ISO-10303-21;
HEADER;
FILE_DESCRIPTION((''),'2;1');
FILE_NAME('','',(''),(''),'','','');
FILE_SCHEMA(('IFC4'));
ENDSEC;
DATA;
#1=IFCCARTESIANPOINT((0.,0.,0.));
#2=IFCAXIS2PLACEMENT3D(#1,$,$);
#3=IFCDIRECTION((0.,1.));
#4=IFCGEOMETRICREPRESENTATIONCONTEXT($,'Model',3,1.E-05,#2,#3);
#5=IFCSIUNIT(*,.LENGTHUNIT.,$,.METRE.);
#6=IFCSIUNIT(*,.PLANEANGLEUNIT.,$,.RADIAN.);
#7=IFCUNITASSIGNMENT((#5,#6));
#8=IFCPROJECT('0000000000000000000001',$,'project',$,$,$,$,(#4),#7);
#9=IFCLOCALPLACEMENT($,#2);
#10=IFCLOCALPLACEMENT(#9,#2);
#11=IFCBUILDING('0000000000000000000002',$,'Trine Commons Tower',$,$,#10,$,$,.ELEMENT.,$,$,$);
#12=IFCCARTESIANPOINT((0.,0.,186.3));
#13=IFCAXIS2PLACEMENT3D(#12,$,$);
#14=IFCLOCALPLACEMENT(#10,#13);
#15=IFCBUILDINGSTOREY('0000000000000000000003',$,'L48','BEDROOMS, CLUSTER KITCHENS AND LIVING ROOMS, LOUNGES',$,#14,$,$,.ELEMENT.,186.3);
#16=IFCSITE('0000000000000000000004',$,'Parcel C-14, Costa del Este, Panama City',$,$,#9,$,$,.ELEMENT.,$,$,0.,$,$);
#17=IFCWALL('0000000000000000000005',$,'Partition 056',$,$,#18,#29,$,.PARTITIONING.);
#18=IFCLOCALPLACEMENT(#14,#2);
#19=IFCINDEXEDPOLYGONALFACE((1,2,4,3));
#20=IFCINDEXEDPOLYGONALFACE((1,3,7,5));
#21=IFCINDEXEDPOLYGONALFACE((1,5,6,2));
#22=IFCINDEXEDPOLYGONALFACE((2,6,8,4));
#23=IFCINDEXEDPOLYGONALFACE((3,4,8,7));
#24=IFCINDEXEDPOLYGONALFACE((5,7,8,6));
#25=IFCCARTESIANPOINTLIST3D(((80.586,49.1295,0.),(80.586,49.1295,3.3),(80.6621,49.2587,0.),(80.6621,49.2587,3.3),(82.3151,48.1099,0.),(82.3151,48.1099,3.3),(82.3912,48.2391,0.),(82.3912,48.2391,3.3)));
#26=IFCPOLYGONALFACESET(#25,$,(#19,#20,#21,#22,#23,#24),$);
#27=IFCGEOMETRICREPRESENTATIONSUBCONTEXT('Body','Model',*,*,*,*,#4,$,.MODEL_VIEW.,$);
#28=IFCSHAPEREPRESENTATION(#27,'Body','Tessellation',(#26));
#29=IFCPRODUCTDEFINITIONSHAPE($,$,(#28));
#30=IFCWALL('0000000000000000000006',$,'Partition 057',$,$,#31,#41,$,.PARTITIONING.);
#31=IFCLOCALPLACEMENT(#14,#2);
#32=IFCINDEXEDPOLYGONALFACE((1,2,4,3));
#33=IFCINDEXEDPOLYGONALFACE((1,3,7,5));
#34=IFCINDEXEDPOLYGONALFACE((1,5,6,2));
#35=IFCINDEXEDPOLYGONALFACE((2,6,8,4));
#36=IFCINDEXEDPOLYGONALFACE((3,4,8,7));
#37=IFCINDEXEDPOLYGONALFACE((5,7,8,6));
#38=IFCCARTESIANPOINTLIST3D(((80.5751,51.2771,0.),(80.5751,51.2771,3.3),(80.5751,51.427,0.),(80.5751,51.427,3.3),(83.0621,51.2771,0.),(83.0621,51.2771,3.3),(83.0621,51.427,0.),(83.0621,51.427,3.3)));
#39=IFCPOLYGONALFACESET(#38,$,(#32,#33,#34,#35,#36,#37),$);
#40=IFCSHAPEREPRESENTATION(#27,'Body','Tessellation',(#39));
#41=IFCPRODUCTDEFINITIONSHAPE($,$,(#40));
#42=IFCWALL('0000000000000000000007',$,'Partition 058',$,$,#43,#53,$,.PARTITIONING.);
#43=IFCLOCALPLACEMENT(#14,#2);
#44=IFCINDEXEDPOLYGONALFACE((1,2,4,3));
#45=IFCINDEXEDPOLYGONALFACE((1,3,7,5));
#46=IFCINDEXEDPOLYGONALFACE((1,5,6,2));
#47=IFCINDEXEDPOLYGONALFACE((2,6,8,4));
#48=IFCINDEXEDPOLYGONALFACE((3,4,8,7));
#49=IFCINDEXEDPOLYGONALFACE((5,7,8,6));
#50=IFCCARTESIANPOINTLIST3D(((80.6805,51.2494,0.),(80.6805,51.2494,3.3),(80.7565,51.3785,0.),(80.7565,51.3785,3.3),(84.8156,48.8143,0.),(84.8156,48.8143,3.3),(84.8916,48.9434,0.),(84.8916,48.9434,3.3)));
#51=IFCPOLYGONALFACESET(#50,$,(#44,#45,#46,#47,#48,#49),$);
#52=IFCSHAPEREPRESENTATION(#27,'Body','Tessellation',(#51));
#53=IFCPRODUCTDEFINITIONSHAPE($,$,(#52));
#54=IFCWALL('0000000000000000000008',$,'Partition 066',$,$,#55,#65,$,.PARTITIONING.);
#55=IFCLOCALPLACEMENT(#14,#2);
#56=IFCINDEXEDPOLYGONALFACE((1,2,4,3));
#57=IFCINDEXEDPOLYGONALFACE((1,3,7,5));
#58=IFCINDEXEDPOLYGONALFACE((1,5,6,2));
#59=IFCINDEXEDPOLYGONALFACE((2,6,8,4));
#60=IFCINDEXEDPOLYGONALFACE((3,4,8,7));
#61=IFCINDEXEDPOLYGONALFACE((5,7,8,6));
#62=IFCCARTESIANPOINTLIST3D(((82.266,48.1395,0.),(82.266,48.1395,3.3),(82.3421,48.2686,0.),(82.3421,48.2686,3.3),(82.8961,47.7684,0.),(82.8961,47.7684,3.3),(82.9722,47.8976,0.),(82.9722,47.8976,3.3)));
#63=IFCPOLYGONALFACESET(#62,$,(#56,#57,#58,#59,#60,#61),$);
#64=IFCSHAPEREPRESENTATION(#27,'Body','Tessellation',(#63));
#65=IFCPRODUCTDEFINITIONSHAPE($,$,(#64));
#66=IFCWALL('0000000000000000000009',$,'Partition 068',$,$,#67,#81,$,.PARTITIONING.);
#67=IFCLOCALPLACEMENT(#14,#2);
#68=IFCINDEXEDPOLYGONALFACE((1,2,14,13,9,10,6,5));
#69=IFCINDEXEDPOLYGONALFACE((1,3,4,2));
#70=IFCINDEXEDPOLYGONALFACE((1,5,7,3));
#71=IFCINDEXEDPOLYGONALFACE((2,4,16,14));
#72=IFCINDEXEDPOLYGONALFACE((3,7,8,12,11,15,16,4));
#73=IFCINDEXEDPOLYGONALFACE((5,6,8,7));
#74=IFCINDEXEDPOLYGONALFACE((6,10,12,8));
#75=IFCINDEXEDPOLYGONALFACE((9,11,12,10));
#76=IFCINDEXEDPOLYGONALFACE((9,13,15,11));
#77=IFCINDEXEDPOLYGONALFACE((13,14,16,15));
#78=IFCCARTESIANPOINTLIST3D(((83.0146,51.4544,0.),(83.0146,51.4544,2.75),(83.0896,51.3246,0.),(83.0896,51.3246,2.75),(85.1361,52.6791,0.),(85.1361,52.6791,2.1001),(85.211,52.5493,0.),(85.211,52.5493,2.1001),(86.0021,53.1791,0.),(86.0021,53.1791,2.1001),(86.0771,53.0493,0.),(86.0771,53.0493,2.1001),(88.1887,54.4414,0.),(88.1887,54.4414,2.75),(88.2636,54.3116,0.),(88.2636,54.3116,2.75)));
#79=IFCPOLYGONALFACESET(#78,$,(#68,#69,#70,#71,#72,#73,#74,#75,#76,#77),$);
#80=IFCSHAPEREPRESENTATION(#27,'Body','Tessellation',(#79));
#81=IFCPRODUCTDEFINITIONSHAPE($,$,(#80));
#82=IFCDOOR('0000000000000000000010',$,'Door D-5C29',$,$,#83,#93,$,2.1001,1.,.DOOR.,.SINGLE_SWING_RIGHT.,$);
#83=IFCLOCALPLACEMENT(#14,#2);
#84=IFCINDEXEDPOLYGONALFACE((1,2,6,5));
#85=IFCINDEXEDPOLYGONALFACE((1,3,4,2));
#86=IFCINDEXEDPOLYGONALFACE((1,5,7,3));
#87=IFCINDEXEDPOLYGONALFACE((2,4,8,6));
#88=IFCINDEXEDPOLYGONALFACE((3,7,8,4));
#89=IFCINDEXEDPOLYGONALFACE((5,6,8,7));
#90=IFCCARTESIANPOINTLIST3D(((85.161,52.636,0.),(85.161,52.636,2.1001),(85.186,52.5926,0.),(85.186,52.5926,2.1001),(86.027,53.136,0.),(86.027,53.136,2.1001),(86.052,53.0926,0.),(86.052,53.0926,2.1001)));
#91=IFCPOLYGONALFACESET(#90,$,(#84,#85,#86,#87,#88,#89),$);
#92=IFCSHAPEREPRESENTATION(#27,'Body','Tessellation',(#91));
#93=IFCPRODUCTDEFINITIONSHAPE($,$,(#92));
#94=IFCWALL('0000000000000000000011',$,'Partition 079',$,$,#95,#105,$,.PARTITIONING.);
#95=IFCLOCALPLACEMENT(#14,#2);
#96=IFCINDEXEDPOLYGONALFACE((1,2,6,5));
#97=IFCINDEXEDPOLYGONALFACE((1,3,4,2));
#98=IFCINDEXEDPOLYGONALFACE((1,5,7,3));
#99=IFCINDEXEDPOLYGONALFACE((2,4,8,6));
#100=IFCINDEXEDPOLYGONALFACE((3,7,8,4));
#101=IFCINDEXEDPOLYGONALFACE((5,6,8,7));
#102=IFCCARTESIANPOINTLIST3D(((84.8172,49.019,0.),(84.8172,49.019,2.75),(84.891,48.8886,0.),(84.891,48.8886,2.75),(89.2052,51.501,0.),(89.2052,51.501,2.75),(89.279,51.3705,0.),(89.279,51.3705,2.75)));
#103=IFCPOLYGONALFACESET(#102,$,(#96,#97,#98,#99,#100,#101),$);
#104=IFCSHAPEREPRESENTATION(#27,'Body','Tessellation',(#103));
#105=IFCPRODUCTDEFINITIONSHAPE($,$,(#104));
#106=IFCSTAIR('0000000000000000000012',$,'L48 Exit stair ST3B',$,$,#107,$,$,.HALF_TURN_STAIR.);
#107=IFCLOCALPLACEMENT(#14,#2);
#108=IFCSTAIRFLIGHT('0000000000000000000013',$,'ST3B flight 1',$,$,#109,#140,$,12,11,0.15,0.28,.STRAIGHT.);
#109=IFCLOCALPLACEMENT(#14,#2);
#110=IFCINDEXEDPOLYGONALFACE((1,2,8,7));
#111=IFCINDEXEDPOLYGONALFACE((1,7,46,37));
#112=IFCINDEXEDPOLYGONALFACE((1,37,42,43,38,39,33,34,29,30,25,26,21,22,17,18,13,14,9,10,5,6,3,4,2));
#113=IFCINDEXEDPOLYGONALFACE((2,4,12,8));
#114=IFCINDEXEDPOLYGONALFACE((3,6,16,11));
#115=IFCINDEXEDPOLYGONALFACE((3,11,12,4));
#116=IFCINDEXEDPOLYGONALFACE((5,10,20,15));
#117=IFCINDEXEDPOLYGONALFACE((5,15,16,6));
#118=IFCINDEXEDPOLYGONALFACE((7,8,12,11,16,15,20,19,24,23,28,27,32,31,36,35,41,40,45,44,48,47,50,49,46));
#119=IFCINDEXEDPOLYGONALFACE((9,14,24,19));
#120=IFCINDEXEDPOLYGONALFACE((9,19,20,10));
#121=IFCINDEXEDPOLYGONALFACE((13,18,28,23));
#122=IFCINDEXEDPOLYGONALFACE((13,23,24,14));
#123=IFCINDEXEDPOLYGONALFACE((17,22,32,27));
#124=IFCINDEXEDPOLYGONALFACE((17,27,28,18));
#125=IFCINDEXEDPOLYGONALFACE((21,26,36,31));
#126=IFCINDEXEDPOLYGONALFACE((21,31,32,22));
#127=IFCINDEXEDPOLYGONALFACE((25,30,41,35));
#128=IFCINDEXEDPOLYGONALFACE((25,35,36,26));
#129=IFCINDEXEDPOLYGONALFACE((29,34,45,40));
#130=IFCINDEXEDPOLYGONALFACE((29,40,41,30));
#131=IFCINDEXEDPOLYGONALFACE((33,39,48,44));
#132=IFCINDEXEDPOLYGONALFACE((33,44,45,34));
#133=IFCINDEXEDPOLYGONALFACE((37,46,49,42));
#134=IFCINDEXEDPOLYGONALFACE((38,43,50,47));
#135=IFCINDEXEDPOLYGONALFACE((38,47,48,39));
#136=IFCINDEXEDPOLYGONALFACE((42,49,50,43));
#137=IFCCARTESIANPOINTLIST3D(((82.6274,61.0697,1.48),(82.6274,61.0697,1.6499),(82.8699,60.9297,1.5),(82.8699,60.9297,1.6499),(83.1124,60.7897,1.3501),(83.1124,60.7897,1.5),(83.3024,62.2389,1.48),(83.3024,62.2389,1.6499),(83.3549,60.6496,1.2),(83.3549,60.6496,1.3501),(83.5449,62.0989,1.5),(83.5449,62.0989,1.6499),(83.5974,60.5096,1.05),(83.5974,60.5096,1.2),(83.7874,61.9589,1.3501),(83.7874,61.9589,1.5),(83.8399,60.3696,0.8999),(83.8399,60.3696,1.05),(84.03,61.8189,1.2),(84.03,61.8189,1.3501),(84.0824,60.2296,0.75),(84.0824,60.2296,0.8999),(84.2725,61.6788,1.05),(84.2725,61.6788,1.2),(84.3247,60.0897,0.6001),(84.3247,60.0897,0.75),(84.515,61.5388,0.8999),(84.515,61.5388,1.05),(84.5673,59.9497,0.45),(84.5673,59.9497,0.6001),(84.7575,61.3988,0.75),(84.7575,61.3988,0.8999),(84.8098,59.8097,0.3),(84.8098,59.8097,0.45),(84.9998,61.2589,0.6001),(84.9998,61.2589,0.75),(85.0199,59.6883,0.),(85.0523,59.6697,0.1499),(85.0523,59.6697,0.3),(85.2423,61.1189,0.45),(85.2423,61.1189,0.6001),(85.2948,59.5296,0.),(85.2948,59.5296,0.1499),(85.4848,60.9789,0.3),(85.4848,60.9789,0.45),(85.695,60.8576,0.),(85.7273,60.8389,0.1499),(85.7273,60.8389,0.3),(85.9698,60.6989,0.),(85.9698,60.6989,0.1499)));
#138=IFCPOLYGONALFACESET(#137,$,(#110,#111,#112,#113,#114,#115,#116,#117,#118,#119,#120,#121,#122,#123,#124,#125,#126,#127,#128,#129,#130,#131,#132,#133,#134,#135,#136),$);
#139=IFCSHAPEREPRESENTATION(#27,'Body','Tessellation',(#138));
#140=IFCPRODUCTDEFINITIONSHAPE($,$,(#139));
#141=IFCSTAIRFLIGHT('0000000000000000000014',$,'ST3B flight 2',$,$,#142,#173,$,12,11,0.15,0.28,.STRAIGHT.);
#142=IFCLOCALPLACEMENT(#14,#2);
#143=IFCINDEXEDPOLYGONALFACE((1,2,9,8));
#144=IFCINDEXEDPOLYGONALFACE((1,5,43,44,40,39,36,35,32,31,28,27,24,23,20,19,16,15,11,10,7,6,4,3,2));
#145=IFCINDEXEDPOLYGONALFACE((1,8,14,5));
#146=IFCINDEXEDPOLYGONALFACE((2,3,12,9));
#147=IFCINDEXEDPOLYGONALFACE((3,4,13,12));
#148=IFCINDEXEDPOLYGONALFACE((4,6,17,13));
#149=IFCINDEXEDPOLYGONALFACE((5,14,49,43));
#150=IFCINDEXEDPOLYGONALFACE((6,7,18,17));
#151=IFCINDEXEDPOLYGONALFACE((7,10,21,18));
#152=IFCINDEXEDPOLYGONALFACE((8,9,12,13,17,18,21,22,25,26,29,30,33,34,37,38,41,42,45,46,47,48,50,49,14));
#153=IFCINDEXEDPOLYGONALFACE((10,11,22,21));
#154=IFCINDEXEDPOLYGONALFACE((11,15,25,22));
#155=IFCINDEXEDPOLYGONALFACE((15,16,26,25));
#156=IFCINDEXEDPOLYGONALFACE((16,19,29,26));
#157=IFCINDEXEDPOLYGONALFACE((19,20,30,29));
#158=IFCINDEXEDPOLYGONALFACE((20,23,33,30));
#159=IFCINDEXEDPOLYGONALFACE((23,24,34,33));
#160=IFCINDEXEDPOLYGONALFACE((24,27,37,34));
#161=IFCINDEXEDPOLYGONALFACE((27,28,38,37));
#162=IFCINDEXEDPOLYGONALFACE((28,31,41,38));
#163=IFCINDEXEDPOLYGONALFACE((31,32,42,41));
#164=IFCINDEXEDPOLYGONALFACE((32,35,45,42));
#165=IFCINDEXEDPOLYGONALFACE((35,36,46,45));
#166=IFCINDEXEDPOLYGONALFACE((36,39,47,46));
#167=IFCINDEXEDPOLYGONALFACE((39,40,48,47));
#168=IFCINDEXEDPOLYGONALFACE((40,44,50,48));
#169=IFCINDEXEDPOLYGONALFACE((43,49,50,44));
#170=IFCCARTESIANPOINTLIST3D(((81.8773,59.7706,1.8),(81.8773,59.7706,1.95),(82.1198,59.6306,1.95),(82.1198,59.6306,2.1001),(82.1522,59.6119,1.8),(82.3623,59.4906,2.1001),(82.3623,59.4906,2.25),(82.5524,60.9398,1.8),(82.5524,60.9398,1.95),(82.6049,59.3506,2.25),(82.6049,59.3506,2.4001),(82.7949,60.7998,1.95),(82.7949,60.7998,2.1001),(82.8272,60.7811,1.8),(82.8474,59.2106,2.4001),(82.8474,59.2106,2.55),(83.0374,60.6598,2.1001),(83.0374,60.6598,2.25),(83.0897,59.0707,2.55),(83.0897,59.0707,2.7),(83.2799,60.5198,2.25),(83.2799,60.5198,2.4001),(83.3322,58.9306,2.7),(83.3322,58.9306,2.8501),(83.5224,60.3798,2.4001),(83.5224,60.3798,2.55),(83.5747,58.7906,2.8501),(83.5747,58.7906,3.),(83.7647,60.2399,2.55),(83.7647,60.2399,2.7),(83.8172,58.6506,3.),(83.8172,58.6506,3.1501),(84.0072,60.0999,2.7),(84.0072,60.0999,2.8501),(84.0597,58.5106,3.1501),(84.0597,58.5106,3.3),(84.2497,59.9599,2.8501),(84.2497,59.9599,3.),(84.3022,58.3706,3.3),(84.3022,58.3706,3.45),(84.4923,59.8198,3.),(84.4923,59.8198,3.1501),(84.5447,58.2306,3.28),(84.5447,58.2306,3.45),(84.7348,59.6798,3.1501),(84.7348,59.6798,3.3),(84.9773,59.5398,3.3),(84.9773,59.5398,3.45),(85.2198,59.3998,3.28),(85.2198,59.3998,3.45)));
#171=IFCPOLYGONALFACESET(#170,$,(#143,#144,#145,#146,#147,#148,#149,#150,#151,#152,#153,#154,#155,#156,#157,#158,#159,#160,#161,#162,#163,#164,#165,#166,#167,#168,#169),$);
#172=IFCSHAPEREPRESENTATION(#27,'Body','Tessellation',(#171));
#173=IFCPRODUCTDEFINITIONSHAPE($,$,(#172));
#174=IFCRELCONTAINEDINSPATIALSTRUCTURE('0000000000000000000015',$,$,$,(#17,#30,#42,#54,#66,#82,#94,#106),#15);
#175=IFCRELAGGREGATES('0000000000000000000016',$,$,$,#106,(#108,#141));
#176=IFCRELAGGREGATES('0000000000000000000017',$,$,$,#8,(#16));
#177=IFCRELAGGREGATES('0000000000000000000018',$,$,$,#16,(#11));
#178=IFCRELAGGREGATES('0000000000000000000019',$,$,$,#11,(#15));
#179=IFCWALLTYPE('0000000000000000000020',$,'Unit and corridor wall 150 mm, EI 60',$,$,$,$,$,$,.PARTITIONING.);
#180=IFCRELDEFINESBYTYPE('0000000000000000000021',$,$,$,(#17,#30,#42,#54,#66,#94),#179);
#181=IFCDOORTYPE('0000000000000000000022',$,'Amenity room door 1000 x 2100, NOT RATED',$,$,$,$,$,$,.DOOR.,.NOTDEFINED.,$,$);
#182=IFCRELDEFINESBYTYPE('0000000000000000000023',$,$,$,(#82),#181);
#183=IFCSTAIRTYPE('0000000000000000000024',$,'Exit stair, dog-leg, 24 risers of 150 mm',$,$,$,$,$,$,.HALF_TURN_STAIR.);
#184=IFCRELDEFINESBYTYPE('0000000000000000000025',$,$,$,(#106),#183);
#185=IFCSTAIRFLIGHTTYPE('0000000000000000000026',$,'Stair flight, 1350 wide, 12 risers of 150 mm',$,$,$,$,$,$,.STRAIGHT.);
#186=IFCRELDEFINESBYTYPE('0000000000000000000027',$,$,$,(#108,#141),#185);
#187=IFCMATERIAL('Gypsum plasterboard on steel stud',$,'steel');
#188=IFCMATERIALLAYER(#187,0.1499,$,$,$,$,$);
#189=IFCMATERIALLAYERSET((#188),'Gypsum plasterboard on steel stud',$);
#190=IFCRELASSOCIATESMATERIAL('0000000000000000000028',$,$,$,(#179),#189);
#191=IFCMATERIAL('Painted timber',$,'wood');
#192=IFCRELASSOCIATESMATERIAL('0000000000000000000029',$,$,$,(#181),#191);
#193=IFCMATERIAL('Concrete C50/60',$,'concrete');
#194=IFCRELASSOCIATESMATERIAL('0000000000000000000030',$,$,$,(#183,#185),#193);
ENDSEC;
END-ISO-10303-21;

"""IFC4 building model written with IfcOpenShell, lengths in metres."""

from ifc_helpers import new_model, si_unit, direction, frame, frame_2d, origin, place, context, subcontext, project, spatial, polyline, rectangle, outline, extrude, material, layer, layer_set, type_object, element, fill, aggregate, save


model = new_model("IFC4")

# Units and contexts
model_context = context("Model", 3, precision=1e-05, world=origin(), true_north=direction((0.0, 1.0)))
body_context = subcontext(model_context, "Body", "Model", "MODEL_VIEW")
ifc_project = project(units=[si_unit("LENGTHUNIT", "METRE"), si_unit("PLANEANGLEUNIT", "RADIAN")], contexts=[model_context])

# Site, building, storey
site_placement = place(None, origin())
site = spatial("IfcSite", under=ifc_project, at=site_placement, Name="Parcel C-14, Costa del Este, Panama City", CompositionType="ELEMENT", RefElevation=0.0)
building_placement = place(site_placement, origin())
building = spatial("IfcBuilding", under=site, at=building_placement, Name="Trine Commons Tower", CompositionType="ELEMENT")
storey_placement = place(building_placement, frame((0.0, 0.0, 186.3)))
storey = spatial("IfcBuildingStorey", under=building, at=storey_placement, Name="L48", Description="BEDROOMS, CLUSTER KITCHENS AND LIVING ROOMS, LOUNGES", CompositionType="ELEMENT", Elevation=186.3)

# Walls
ifc_material_1 = material(Name="Gypsum plasterboard on steel stud", Category="steel")
ifc_layer_1 = layer(ifc_material_1, 0.1499)
ifc_layer_set_1 = layer_set([ifc_layer_1], Name="Gypsum plasterboard on steel stud")
wall_type_1 = type_object("IfcWallType", Name="Unit and corridor wall 150 mm, EI 60", PredefinedType="PARTITIONING", material=ifc_layer_set_1)
wall_1_placement = place(storey_placement, frame((80.624, 49.1941, 0.0), z_axis=(0.0, 0.0, 1.0), x_axis=(0.861396, -0.507934, 0.0)))
element("IfcWall", 1, at=wall_1_placement, inside=storey, type_object=wall_type_1, Name="Partition 056", PredefinedType="PARTITIONING", context=body_context, shape_type="SweptSolid", body=[
    extrude(rectangle(XDim=2.0073, YDim=0.1499, at=frame_2d((1.0037, 0.0))), origin(), (0.0, 0.0, 1.0), 3.3),
])
wall_2_placement = place(storey_placement, frame((80.575, 51.3521, 0.0), z_axis=(0.0, 0.0, 1.0), x_axis=(1.0, 0.0, 0.0)))
element("IfcWall", 2, at=wall_2_placement, inside=storey, type_object=wall_type_1, Name="Partition 057", PredefinedType="PARTITIONING", context=body_context, shape_type="SweptSolid", body=[
    extrude(rectangle(XDim=2.4871, YDim=0.1499, at=frame_2d((1.2437, 0.0))), origin(), (0.0, 0.0, 1.0), 3.3),
])
wall_3_placement = place(storey_placement, frame((80.7185, 51.314, 0.0), z_axis=(0.0, 0.0, 1.0), x_axis=(0.861688, -0.507438, 0.0)))
element("IfcWall", 3, at=wall_3_placement, inside=storey, type_object=wall_type_1, Name="Partition 058", PredefinedType="PARTITIONING", context=body_context, shape_type="SweptSolid", body=[
    extrude(rectangle(XDim=4.7988, YDim=0.1499, at=frame_2d((2.3994, 0.0))), origin(), (0.0, 0.0, 1.0), 3.3),
])
wall_4_placement = place(storey_placement, frame((82.304, 48.2041, 0.0), z_axis=(0.0, 0.0, 1.0), x_axis=(0.861677, -0.507458, 0.0)))
element("IfcWall", 4, at=wall_4_placement, inside=storey, type_object=wall_type_1, Name="Partition 066", PredefinedType="PARTITIONING", context=body_context, shape_type="SweptSolid", body=[
    extrude(rectangle(XDim=0.7312, YDim=0.1499, at=frame_2d((0.3657, 0.0))), origin(), (0.0, 0.0, 1.0), 3.3),
])

# Wall, opening, door
wall_5_placement = place(storey_placement, frame((83.052, 51.3894, 0.0), z_axis=(0.0, 0.0, 1.0), x_axis=(0.866039, 0.499976, 0.0)))
wall_5 = element("IfcWall", 5, at=wall_5_placement, inside=storey, type_object=wall_type_1, Name="Partition 068", PredefinedType="PARTITIONING", context=body_context, shape_type="SweptSolid", body=[
    extrude(rectangle(XDim=5.9744, YDim=0.1499, at=frame_2d((2.9873, 0.0))), origin(), (0.0, 0.0, 1.0), 2.75),
])
opening_1_placement = place(wall_5_placement, frame((2.4497, 0.0, 0.0)))
opening_1 = element("IfcOpeningElement", 6, at=opening_1_placement, cuts=wall_5, PredefinedType="OPENING", context=body_context, shape_type="SweptSolid", body=[
    extrude(rectangle(XDim=1.0, YDim=2.1001, at=frame_2d((0.5, 1.05))), frame((0.0, 0.085, 0.0), z_axis=(0.0, -1.0, 0.0), x_axis=(1.0, 0.0, 0.0)), (0.0, 0.0, 1.0), 0.1699),
])
ifc_material_2 = material(Name="Painted timber", Category="wood")
door_type_1 = type_object("IfcDoorType", Name="Amenity room door 1000 x 2100, NOT RATED", OperationType="NOTDEFINED", PredefinedType="DOOR", material=ifc_material_2)
door_1_placement = place(opening_1_placement, frame((1.0, 0.0, 0.0), z_axis=(0.0, 0.0, 1.0), x_axis=(-1.0, 0.0, 0.0)))
door_1 = element("IfcDoor", 7, at=door_1_placement, inside=storey, type_object=door_type_1, Name="Door D-5C29", OperationType="SINGLE_SWING_RIGHT", OverallHeight=2.1001, OverallWidth=1.0, PredefinedType="DOOR", context=body_context, shape_type="SweptSolid", body=[
    extrude(rectangle(XDim=1.0, YDim=2.1001, at=frame_2d((0.5, 1.05))), frame((0.0, 0.0249, 0.0), z_axis=(0.0, -1.0, 0.0), x_axis=(1.0, 0.0, 0.0)), (0.0, 0.0, 1.0), 0.05),
])
fill(opening_1, door_1)

# Wall
wall_6_placement = place(storey_placement, frame((84.8542, 48.9539, 0.0), z_axis=(0.0, 0.0, 1.0), x_axis=(0.87041, 0.492327, 0.0)))
element("IfcWall", 8, at=wall_6_placement, inside=storey, type_object=wall_type_1, Name="Partition 079", PredefinedType="PARTITIONING", context=body_context, shape_type="SweptSolid", body=[
    extrude(rectangle(XDim=5.0413, YDim=0.1499, at=frame_2d((2.5205, 0.0))), origin(), (0.0, 0.0, 1.0), 2.75),
])

# Stair, stair flights
ifc_material_3 = material(Name="Concrete C50/60", Category="concrete")
stair_type = type_object("IfcStairType", Name="Exit stair, dog-leg, 24 risers of 150 mm", PredefinedType="HALF_TURN_STAIR", material=ifc_material_3)
stair_placement = place(storey_placement, origin())
stair = element("IfcStair", 9, at=stair_placement, inside=storey, type_object=stair_type, Name="L48 Exit stair ST3B", PredefinedType="HALF_TURN_STAIR")
stair_flight_type = type_object("IfcStairFlightType", Name="Stair flight, 1350 wide, 12 risers of 150 mm", PredefinedType="STRAIGHT", material=ifc_material_3)
stair_flight_1_placement = place(storey_placement, frame((85.6323, 60.1143, 0.0), z_axis=(0.0, 0.0, 1.0), x_axis=(-0.866025, 0.5, 0.0)))
stair_flight_1 = element("IfcStairFlight", 10, at=stair_flight_1_placement, type_object=stair_flight_type, Name="ST3B flight 1", NumberOfRisers=12, NumberOfTreads=11, PredefinedType="STRAIGHT", RiserHeight=0.15, TreadLength=0.28, context=body_context, shape_type="SweptSolid", body=[
    extrude(outline(polyline([(0.0, 0.0), (0.0, 0.1499), (0.28, 0.1499), (0.28, 0.3), (0.5601, 0.3), (0.5601, 0.45), (0.8401, 0.45), (0.8401, 0.6001), (1.1201, 0.6001), (1.1201, 0.75), (1.3999, 0.75), (1.3999, 0.8999), (1.6799, 0.8999), (1.6799, 1.05), (1.96, 1.05), (1.96, 1.2), (2.24, 1.2), (2.24, 1.3501), (2.52, 1.3501), (2.52, 1.5), (2.8, 1.5), (2.8, 1.6499), (3.0801, 1.6499), (3.0801, 1.8), (3.0801, 1.48), (0.3174, 0.0), (0.0, 0.0)])), frame((0.0, 0.675, 0.0), z_axis=(0.0, -1.0, 0.0), x_axis=(1.0, 0.0, 0.0)), (0.0, 0.0, 1.0), 1.3501),
])
stair_flight_2_placement = place(storey_placement, frame((82.2148, 60.3552, 1.8), z_axis=(0.0, 0.0, 1.0), x_axis=(0.866025, -0.5, 0.0)))
stair_flight_2 = element("IfcStairFlight", 11, at=stair_flight_2_placement, type_object=stair_flight_type, Name="ST3B flight 2", NumberOfRisers=12, NumberOfTreads=11, PredefinedType="STRAIGHT", RiserHeight=0.15, TreadLength=0.28, context=body_context, shape_type="SweptSolid", body=[
    extrude(outline(polyline([(0.0, 0.0), (0.0, 0.1499), (0.28, 0.1499), (0.28, 0.3), (0.5601, 0.3), (0.5601, 0.45), (0.8401, 0.45), (0.8401, 0.6001), (1.1201, 0.6001), (1.1201, 0.75), (1.3999, 0.75), (1.3999, 0.8999), (1.6799, 0.8999), (1.6799, 1.05), (1.96, 1.05), (1.96, 1.2), (2.24, 1.2), (2.24, 1.3501), (2.52, 1.3501), (2.52, 1.5), (2.8, 1.5), (2.8, 1.6499), (3.0801, 1.6499), (3.0801, 1.8), (3.0801, 1.48), (0.3174, 0.0), (0.0, 0.0)])), frame((0.0, 0.675, 0.0), z_axis=(0.0, -1.0, 0.0), x_axis=(1.0, 0.0, 0.0)), (0.0, 0.0, 1.0), 1.3501),
])
aggregate(stair, [stair_flight_1, stair_flight_2])

save(model, "model.ifc")
